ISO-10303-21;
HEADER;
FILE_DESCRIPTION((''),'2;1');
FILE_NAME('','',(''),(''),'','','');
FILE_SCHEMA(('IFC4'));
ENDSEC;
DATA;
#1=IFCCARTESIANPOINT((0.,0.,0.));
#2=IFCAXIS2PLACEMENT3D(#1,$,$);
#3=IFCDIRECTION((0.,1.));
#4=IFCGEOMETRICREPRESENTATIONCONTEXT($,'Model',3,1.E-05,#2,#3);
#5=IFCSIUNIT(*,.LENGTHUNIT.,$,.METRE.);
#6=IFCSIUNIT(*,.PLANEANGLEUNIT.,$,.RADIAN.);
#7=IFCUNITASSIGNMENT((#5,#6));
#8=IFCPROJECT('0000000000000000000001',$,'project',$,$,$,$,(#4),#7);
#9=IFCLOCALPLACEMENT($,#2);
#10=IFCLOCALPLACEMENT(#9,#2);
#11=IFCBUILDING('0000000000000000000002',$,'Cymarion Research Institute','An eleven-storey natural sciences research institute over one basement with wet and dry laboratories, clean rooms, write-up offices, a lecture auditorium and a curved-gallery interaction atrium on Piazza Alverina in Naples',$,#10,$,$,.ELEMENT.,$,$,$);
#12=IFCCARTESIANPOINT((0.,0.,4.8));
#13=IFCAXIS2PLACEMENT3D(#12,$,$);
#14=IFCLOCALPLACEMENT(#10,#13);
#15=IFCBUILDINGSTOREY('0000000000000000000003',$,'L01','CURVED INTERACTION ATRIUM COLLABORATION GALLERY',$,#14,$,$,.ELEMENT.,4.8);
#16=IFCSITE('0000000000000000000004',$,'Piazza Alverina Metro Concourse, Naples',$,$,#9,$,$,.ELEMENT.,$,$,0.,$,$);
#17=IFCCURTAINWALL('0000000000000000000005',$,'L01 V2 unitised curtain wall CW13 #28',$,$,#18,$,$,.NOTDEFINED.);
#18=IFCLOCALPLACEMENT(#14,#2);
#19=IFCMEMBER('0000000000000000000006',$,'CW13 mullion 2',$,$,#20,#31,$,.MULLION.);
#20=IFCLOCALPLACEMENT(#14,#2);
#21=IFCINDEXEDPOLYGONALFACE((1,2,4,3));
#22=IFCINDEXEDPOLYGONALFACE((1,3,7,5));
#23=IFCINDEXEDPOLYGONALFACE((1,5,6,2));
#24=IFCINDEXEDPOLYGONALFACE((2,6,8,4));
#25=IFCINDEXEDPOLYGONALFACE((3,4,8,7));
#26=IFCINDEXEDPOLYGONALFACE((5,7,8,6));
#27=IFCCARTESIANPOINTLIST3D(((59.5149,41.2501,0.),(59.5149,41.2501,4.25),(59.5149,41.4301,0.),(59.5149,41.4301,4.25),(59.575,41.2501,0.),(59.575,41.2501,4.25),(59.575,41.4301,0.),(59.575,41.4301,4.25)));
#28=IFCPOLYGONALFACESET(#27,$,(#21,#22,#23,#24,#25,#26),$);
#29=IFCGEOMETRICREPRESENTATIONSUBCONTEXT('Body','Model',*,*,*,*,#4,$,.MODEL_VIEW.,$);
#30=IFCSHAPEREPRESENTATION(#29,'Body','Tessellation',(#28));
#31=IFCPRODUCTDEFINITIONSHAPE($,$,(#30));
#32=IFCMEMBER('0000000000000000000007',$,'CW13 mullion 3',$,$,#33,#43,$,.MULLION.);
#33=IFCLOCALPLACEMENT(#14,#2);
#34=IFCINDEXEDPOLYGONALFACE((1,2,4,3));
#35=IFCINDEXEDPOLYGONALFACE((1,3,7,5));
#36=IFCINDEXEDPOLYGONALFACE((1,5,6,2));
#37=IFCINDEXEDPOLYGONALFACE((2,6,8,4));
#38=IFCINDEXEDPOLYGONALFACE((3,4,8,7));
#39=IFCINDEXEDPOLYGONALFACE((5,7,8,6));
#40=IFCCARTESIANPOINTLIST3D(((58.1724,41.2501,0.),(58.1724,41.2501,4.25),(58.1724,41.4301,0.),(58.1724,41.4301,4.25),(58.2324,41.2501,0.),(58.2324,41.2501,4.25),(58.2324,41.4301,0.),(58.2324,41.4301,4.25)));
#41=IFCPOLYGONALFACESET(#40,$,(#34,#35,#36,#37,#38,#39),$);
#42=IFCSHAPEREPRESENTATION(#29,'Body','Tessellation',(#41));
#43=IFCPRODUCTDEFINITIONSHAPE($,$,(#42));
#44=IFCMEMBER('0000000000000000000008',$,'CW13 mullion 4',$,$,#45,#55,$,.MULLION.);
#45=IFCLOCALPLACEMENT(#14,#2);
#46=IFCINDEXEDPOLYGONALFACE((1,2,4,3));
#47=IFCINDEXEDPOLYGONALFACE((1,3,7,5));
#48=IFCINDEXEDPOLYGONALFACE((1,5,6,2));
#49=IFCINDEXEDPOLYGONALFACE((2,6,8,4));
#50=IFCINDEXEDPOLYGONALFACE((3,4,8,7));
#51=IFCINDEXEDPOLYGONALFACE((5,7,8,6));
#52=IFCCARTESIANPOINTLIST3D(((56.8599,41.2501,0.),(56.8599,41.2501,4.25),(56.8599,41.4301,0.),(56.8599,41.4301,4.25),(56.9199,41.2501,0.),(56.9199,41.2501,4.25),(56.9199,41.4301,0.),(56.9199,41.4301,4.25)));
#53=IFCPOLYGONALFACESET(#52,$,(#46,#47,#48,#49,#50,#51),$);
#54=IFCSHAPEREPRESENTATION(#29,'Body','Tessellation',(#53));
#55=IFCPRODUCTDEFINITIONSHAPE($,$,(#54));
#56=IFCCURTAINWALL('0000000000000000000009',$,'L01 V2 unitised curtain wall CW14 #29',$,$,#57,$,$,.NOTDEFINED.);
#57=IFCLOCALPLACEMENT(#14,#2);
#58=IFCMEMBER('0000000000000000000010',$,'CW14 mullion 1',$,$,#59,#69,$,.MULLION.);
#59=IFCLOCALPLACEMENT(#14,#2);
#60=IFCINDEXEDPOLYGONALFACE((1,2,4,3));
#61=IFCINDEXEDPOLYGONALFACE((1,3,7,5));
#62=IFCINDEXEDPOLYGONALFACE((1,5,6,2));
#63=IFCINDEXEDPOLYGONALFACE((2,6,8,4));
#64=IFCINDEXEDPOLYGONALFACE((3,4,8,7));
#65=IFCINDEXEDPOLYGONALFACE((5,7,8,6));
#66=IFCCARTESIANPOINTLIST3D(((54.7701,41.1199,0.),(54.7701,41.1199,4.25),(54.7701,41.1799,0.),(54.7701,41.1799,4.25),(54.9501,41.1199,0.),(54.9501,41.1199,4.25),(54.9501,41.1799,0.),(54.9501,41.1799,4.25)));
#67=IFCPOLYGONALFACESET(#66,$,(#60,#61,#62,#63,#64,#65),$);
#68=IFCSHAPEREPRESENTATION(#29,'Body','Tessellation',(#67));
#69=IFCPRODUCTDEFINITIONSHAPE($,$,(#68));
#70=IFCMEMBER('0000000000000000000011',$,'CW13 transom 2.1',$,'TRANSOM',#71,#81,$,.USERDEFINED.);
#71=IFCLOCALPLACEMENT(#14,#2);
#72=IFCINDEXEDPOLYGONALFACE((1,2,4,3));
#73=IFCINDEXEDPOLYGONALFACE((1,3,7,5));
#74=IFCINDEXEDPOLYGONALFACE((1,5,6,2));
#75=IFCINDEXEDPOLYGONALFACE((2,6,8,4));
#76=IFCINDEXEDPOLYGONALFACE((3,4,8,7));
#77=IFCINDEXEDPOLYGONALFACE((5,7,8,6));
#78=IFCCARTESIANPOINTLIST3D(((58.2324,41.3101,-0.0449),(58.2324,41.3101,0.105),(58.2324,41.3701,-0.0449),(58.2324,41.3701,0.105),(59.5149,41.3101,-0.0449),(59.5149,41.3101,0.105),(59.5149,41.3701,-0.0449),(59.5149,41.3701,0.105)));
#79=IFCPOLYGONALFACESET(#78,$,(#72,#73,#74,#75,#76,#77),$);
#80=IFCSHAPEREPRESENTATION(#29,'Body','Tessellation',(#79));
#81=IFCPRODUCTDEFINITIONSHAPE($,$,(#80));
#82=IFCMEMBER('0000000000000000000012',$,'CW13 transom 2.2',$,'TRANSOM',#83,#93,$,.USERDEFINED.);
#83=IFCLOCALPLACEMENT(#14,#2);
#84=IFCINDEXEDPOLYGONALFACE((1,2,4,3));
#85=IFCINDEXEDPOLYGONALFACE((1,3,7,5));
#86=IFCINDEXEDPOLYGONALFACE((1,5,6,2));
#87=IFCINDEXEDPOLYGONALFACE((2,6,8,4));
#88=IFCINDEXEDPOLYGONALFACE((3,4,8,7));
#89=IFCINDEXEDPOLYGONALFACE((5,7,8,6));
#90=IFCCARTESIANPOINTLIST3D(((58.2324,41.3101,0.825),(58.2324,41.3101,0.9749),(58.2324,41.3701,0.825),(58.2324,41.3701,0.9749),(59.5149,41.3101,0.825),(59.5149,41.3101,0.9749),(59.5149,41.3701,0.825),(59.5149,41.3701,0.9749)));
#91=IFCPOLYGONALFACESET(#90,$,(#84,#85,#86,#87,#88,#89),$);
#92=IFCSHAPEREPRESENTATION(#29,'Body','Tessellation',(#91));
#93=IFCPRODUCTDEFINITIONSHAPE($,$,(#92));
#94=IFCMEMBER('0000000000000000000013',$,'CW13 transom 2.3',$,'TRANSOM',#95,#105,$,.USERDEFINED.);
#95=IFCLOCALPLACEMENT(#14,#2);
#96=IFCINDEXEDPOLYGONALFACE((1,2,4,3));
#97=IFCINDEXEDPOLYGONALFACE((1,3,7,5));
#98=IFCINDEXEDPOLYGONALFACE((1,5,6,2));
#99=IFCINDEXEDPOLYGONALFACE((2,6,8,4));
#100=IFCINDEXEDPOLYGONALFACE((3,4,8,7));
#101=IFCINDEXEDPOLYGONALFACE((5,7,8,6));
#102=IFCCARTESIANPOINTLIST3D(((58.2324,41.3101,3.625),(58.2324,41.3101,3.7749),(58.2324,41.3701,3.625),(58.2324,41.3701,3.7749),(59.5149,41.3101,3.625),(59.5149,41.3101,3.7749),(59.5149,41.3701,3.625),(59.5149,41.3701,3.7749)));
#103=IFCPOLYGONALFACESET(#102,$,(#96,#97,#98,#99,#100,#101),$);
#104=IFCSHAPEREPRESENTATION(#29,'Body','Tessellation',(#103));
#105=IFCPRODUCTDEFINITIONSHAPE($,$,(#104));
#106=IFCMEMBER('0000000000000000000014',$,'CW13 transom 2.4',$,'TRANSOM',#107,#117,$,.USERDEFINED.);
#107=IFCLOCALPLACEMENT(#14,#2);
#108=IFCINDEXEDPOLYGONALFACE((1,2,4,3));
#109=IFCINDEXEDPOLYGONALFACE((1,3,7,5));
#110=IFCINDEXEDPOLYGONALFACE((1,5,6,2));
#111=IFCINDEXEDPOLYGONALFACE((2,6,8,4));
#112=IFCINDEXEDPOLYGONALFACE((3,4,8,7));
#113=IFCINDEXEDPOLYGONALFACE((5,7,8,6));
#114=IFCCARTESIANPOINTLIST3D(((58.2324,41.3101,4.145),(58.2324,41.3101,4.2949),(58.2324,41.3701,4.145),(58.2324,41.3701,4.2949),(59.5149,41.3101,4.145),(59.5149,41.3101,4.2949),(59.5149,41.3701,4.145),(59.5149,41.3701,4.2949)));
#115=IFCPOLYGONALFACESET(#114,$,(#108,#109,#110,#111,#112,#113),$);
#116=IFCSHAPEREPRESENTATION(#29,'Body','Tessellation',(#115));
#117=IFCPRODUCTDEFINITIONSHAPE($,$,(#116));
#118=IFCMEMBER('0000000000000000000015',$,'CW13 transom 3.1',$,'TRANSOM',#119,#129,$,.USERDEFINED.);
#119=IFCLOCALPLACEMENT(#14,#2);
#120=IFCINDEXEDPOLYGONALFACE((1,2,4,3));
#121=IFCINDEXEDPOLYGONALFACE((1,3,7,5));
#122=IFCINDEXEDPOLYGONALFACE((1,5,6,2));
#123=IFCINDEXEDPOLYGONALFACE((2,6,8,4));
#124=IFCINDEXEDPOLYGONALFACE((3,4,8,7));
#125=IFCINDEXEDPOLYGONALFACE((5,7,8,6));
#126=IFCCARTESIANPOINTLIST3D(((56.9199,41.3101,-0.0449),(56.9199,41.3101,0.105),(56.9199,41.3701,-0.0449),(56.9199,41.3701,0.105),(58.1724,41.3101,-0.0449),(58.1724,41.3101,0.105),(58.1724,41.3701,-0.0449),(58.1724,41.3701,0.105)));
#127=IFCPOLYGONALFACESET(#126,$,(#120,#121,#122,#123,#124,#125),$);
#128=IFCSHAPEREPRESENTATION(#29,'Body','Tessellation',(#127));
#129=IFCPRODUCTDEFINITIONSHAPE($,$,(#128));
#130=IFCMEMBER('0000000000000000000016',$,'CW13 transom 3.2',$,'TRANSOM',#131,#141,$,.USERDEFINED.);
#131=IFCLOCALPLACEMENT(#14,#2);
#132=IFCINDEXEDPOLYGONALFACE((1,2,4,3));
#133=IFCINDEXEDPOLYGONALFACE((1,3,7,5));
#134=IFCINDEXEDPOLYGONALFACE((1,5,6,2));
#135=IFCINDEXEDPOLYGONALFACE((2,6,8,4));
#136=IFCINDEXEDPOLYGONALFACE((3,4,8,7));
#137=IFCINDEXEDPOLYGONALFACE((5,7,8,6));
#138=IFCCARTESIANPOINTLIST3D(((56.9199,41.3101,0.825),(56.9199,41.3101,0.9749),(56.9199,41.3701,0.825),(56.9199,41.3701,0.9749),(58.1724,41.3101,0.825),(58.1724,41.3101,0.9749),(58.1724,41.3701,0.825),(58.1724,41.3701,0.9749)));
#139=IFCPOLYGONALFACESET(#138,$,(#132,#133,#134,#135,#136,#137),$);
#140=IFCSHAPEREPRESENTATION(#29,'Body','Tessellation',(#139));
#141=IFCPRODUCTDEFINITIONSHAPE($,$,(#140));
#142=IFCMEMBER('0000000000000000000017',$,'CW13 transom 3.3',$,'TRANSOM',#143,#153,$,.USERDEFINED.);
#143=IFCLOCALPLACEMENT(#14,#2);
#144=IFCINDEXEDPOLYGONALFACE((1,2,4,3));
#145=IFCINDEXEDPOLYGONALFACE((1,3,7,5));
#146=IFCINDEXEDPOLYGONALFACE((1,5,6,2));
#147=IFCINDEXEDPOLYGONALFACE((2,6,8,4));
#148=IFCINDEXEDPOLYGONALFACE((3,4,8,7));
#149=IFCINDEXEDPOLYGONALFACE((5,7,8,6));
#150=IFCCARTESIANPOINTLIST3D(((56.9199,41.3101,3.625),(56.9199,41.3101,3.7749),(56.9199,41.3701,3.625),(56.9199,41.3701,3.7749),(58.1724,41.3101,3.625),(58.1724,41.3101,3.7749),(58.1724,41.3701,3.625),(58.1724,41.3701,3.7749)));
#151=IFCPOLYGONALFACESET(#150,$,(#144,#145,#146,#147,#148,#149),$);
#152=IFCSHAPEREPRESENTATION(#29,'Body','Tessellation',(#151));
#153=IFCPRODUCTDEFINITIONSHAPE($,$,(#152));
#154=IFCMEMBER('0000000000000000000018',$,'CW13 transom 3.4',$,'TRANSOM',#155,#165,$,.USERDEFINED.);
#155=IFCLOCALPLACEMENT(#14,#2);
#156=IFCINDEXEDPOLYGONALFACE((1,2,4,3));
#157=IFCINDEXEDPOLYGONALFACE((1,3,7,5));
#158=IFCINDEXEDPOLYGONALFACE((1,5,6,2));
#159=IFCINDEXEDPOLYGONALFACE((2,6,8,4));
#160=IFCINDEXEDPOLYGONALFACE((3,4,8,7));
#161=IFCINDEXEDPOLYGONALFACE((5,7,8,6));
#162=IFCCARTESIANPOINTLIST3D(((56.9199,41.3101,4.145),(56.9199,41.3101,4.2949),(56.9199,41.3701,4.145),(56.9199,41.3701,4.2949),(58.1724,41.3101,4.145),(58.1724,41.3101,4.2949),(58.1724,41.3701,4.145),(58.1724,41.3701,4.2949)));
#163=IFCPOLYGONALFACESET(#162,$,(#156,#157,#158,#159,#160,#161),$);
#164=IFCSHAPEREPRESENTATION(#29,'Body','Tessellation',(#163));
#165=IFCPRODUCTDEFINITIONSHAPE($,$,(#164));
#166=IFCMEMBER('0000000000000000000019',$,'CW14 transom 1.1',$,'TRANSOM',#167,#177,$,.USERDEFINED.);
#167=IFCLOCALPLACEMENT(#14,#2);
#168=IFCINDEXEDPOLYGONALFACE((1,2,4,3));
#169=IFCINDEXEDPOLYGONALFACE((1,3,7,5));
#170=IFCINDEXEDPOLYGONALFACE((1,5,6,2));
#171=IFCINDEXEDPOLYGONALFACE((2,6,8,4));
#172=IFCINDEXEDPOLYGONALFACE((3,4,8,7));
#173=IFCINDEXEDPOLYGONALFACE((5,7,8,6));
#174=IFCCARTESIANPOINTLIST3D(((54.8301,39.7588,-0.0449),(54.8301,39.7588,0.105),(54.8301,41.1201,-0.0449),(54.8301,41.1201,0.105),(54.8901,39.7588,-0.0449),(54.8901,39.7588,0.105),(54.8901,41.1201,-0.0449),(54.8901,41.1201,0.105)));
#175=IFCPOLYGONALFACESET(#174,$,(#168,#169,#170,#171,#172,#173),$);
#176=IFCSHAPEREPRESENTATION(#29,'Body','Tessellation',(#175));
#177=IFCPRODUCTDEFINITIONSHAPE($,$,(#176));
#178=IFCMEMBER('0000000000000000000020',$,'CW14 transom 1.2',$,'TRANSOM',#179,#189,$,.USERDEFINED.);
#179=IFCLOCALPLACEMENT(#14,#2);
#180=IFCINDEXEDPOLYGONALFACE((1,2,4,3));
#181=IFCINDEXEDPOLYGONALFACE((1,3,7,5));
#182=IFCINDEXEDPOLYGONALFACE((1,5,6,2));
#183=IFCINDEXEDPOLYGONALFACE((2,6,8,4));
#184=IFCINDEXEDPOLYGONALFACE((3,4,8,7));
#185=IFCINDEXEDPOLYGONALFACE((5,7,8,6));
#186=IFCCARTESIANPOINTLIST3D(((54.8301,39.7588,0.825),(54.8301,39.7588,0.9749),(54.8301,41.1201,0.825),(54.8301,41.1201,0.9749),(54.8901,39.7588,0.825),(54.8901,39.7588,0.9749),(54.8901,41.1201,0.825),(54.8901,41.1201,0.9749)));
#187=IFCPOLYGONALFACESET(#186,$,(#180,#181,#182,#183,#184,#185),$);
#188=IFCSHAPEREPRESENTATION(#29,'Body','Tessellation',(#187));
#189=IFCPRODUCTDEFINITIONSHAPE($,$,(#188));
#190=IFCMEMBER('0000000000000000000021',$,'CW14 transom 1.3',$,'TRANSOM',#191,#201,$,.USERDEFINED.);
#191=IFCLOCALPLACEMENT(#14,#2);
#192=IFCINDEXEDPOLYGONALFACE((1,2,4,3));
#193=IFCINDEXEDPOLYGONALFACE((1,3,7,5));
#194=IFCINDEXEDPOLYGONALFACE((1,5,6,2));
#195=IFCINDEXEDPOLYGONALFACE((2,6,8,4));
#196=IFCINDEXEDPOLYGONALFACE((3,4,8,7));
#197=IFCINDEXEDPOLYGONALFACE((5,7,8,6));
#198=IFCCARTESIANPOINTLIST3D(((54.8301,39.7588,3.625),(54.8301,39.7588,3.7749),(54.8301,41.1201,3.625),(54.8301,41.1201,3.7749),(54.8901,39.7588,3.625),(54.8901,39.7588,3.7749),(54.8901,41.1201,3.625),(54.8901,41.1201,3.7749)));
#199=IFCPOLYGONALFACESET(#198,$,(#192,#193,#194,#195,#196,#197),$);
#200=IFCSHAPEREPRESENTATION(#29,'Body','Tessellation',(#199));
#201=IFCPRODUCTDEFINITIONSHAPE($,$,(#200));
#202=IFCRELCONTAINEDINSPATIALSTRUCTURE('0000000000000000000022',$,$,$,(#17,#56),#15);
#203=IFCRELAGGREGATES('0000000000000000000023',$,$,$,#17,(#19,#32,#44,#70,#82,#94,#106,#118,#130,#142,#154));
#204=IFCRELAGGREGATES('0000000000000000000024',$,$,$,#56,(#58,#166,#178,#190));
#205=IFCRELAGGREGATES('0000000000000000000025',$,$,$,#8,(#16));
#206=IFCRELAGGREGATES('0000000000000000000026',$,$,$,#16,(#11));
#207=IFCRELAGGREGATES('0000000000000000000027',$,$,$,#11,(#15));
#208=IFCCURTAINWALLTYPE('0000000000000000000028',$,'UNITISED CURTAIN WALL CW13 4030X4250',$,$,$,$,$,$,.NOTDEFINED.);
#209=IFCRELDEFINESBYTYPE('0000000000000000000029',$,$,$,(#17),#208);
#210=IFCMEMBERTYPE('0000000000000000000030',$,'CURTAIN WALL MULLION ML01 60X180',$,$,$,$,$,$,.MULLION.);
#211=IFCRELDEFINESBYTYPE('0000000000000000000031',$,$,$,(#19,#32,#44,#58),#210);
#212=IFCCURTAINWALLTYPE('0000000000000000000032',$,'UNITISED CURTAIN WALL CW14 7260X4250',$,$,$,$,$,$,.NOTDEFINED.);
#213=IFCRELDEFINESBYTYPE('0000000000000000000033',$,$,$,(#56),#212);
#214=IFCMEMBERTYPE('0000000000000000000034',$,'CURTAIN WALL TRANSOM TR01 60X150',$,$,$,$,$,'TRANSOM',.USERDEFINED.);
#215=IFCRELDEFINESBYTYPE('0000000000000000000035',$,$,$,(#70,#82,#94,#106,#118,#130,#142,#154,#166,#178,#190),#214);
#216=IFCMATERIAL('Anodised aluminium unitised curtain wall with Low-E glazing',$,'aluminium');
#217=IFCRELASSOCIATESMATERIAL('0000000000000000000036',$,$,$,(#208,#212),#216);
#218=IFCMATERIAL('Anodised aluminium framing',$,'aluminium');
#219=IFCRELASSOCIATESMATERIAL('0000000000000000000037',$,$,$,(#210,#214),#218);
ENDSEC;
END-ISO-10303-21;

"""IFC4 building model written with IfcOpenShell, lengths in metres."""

from ifc_helpers import new_model, si_unit, direction, frame, origin, origin_2d, place, context, subcontext, project, spatial, rectangle, extrude, material, material_profile, profile_set, type_object, element, aggregate, save


model = new_model("IFC4")

# Units and contexts
model_context = context("Model", 3, precision=1e-05, world=origin(), true_north=direction((0.0, 1.0)))
body_context = subcontext(model_context, "Body", "Model", "MODEL_VIEW")
ifc_project = project(units=[si_unit("LENGTHUNIT", "METRE"), si_unit("PLANEANGLEUNIT", "RADIAN")], contexts=[model_context])

# Site, building, storey
site_placement = place(None, origin())
site = spatial("IfcSite", under=ifc_project, at=site_placement, Name="Piazza Alverina Metro Concourse, Naples", CompositionType="ELEMENT", RefElevation=0.0)
building_placement = place(site_placement, origin())
building = spatial("IfcBuilding", under=site, at=building_placement, Name="Cymarion Research Institute", Description="An eleven-storey natural sciences research institute over one basement with wet and dry laboratories, clean rooms, write-up offices, a lecture auditorium and a curved-gallery interaction atrium on Piazza Alverina in Naples", CompositionType="ELEMENT")
storey_placement = place(building_placement, frame((0.0, 0.0, 4.8)))
storey = spatial("IfcBuildingStorey", under=building, at=storey_placement, Name="L01", Description="CURVED INTERACTION ATRIUM COLLABORATION GALLERY", CompositionType="ELEMENT", Elevation=4.8)

# Curtain wall, members
ifc_material_1 = material(Name="Anodised aluminium unitised curtain wall with Low-E glazing", Category="aluminium")
curtain_wall_type_1 = type_object("IfcCurtainWallType", Name="UNITISED CURTAIN WALL CW13 4030X4250", PredefinedType="NOTDEFINED", material=ifc_material_1)
curtain_wall_1_placement = place(storey_placement, origin())
curtain_wall_1 = element("IfcCurtainWall", 1, at=curtain_wall_1_placement, inside=storey, type_object=curtain_wall_type_1, Name="L01 V2 unitised curtain wall CW13 #28", PredefinedType="NOTDEFINED")
ifc_material_2 = material(Name="Anodised aluminium framing", Category="aluminium")
ifc_material_profile_1 = material_profile(ifc_material_2, rectangle(XDim=0.0601, YDim=0.1799, at=origin_2d()), Name="ALU MULLION 60x180")
ifc_profile_set_1 = profile_set([ifc_material_profile_1], Name="Anodised aluminium framing")
member_type_1 = type_object("IfcMemberType", Name="CURTAIN WALL MULLION ML01 60X180", PredefinedType="MULLION", material=ifc_profile_set_1)
member_1_placement = place(storey_placement, frame((59.5449, 41.3401, 0.0), z_axis=(0.0, 0.0, 1.0), x_axis=(-1.0, 0.0, 0.0)))
member_1 = element("IfcMember", 2, at=member_1_placement, type_object=member_type_1, Name="CW13 mullion 2", PredefinedType="MULLION", context=body_context, shape_type="SweptSolid", body=[
    extrude(rectangle(XDim=0.0601, YDim=0.1799, at=origin_2d()), origin(), (0.0, 0.0, 1.0), 4.25),
])
member_2_placement = place(storey_placement, frame((58.2024, 41.3401, 0.0), z_axis=(0.0, 0.0, 1.0), x_axis=(-1.0, 0.0, 0.0)))
member_2 = element("IfcMember", 3, at=member_2_placement, type_object=member_type_1, Name="CW13 mullion 3", PredefinedType="MULLION", context=body_context, shape_type="SweptSolid", body=[
    extrude(rectangle(XDim=0.0601, YDim=0.1799, at=origin_2d()), origin(), (0.0, 0.0, 1.0), 4.25),
])
member_3_placement = place(storey_placement, frame((56.8899, 41.3401, 0.0), z_axis=(0.0, 0.0, 1.0), x_axis=(-1.0, 0.0, 0.0)))
member_3 = element("IfcMember", 4, at=member_3_placement, type_object=member_type_1, Name="CW13 mullion 4", PredefinedType="MULLION", context=body_context, shape_type="SweptSolid", body=[
    extrude(rectangle(XDim=0.0601, YDim=0.1799, at=origin_2d()), origin(), (0.0, 0.0, 1.0), 4.25),
])

# Curtain wall, member
curtain_wall_type_2 = type_object("IfcCurtainWallType", Name="UNITISED CURTAIN WALL CW14 7260X4250", PredefinedType="NOTDEFINED", material=ifc_material_1)
curtain_wall_2_placement = place(storey_placement, origin())
curtain_wall_2 = element("IfcCurtainWall", 5, at=curtain_wall_2_placement, inside=storey, type_object=curtain_wall_type_2, Name="L01 V2 unitised curtain wall CW14 #29", PredefinedType="NOTDEFINED")
member_4_placement = place(storey_placement, frame((54.8601, 41.1499, 0.0), z_axis=(0.0, 0.0, 1.0), x_axis=(0.0, -1.0, 0.0)))
member_4 = element("IfcMember", 6, at=member_4_placement, type_object=member_type_1, Name="CW14 mullion 1", PredefinedType="MULLION", context=body_context, shape_type="SweptSolid", body=[
    extrude(rectangle(XDim=0.0601, YDim=0.1799, at=origin_2d()), origin(), (0.0, 0.0, 1.0), 4.25),
])

# Members
ifc_material_profile_2 = material_profile(ifc_material_2, rectangle(XDim=0.0601, YDim=0.1499, at=origin_2d()), Name="ALU TRANSOM 60x150")
ifc_profile_set_2 = profile_set([ifc_material_profile_2], Name="Anodised aluminium framing")
member_type_2 = type_object("IfcMemberType", Name="CURTAIN WALL TRANSOM TR01 60X150", ElementType="TRANSOM", PredefinedType="USERDEFINED", material=ifc_profile_set_2)
member_5_placement = place(storey_placement, frame((59.5149, 41.3401, 0.03), z_axis=(-1.0, 0.0, 0.0), x_axis=(0.0, -1.0, 0.0)))
member_5 = element("IfcMember", 7, at=member_5_placement, type_object=member_type_2, Name="CW13 transom 2.1", ObjectType="TRANSOM", PredefinedType="USERDEFINED", context=body_context, shape_type="SweptSolid", body=[
    extrude(rectangle(XDim=0.0601, YDim=0.1499, at=origin_2d()), origin(), (0.0, 0.0, 1.0), 1.2825),
])
member_6_placement = place(storey_placement, frame((59.5149, 41.3401, 0.8999), z_axis=(-1.0, 0.0, 0.0), x_axis=(0.0, -1.0, 0.0)))
member_6 = element("IfcMember", 8, at=member_6_placement, type_object=member_type_2, Name="CW13 transom 2.2", ObjectType="TRANSOM", PredefinedType="USERDEFINED", context=body_context, shape_type="SweptSolid", body=[
    extrude(rectangle(XDim=0.0601, YDim=0.1499, at=origin_2d()), origin(), (0.0, 0.0, 1.0), 1.2825),
])
member_7_placement = place(storey_placement, frame((59.5149, 41.3401, 3.7), z_axis=(-1.0, 0.0, 0.0), x_axis=(0.0, -1.0, 0.0)))
member_7 = element("IfcMember", 9, at=member_7_placement, type_object=member_type_2, Name="CW13 transom 2.3", ObjectType="TRANSOM", PredefinedType="USERDEFINED", context=body_context, shape_type="SweptSolid", body=[
    extrude(rectangle(XDim=0.0601, YDim=0.1499, at=origin_2d()), origin(), (0.0, 0.0, 1.0), 1.2825),
])
member_8_placement = place(storey_placement, frame((59.5149, 41.3401, 4.22), z_axis=(-1.0, 0.0, 0.0), x_axis=(0.0, -1.0, 0.0)))
member_8 = element("IfcMember", 10, at=member_8_placement, type_object=member_type_2, Name="CW13 transom 2.4", ObjectType="TRANSOM", PredefinedType="USERDEFINED", context=body_context, shape_type="SweptSolid", body=[
    extrude(rectangle(XDim=0.0601, YDim=0.1499, at=origin_2d()), origin(), (0.0, 0.0, 1.0), 1.2825),
])
member_9_placement = place(storey_placement, frame((58.1724, 41.3401, 0.03), z_axis=(-1.0, 0.0, 0.0), x_axis=(0.0, -1.0, 0.0)))
member_9 = element("IfcMember", 11, at=member_9_placement, type_object=member_type_2, Name="CW13 transom 3.1", ObjectType="TRANSOM", PredefinedType="USERDEFINED", context=body_context, shape_type="SweptSolid", body=[
    extrude(rectangle(XDim=0.0601, YDim=0.1499, at=origin_2d()), origin(), (0.0, 0.0, 1.0), 1.2524),
])
member_10_placement = place(storey_placement, frame((58.1724, 41.3401, 0.8999), z_axis=(-1.0, 0.0, 0.0), x_axis=(0.0, -1.0, 0.0)))
member_10 = element("IfcMember", 12, at=member_10_placement, type_object=member_type_2, Name="CW13 transom 3.2", ObjectType="TRANSOM", PredefinedType="USERDEFINED", context=body_context, shape_type="SweptSolid", body=[
    extrude(rectangle(XDim=0.0601, YDim=0.1499, at=origin_2d()), origin(), (0.0, 0.0, 1.0), 1.2524),
])
member_11_placement = place(storey_placement, frame((58.1724, 41.3401, 3.7), z_axis=(-1.0, 0.0, 0.0), x_axis=(0.0, -1.0, 0.0)))
member_11 = element("IfcMember", 13, at=member_11_placement, type_object=member_type_2, Name="CW13 transom 3.3", ObjectType="TRANSOM", PredefinedType="USERDEFINED", context=body_context, shape_type="SweptSolid", body=[
    extrude(rectangle(XDim=0.0601, YDim=0.1499, at=origin_2d()), origin(), (0.0, 0.0, 1.0), 1.2524),
])
member_12_placement = place(storey_placement, frame((58.1724, 41.3401, 4.22), z_axis=(-1.0, 0.0, 0.0), x_axis=(0.0, -1.0, 0.0)))
member_12 = element("IfcMember", 14, at=member_12_placement, type_object=member_type_2, Name="CW13 transom 3.4", ObjectType="TRANSOM", PredefinedType="USERDEFINED", context=body_context, shape_type="SweptSolid", body=[
    extrude(rectangle(XDim=0.0601, YDim=0.1499, at=origin_2d()), origin(), (0.0, 0.0, 1.0), 1.2524),
])
member_13_placement = place(storey_placement, frame((54.8601, 41.1201, 0.03), z_axis=(0.0, -1.0, 0.0), x_axis=(1.0, 0.0, 0.0)))
member_13 = element("IfcMember", 15, at=member_13_placement, type_object=member_type_2, Name="CW14 transom 1.1", ObjectType="TRANSOM", PredefinedType="USERDEFINED", context=body_context, shape_type="SweptSolid", body=[
    extrude(rectangle(XDim=0.0601, YDim=0.1499, at=origin_2d()), origin(), (0.0, 0.0, 1.0), 1.3613),
])
member_14_placement = place(storey_placement, frame((54.8601, 41.1201, 0.8999), z_axis=(0.0, -1.0, 0.0), x_axis=(1.0, 0.0, 0.0)))
member_14 = element("IfcMember", 16, at=member_14_placement, type_object=member_type_2, Name="CW14 transom 1.2", ObjectType="TRANSOM", PredefinedType="USERDEFINED", context=body_context, shape_type="SweptSolid", body=[
    extrude(rectangle(XDim=0.0601, YDim=0.1499, at=origin_2d()), origin(), (0.0, 0.0, 1.0), 1.3613),
])
member_15_placement = place(storey_placement, frame((54.8601, 41.1201, 3.7), z_axis=(0.0, -1.0, 0.0), x_axis=(1.0, 0.0, 0.0)))
member_15 = element("IfcMember", 17, at=member_15_placement, type_object=member_type_2, Name="CW14 transom 1.3", ObjectType="TRANSOM", PredefinedType="USERDEFINED", context=body_context, shape_type="SweptSolid", body=[
    extrude(rectangle(XDim=0.0601, YDim=0.1499, at=origin_2d()), origin(), (0.0, 0.0, 1.0), 1.3613),
])

aggregate(curtain_wall_1, [member_1, member_2, member_3, member_5, member_6, member_7, member_8, member_9, member_10, member_11, member_12])
aggregate(curtain_wall_2, [member_4, member_13, member_14, member_15])

save(model, "model.ifc")
